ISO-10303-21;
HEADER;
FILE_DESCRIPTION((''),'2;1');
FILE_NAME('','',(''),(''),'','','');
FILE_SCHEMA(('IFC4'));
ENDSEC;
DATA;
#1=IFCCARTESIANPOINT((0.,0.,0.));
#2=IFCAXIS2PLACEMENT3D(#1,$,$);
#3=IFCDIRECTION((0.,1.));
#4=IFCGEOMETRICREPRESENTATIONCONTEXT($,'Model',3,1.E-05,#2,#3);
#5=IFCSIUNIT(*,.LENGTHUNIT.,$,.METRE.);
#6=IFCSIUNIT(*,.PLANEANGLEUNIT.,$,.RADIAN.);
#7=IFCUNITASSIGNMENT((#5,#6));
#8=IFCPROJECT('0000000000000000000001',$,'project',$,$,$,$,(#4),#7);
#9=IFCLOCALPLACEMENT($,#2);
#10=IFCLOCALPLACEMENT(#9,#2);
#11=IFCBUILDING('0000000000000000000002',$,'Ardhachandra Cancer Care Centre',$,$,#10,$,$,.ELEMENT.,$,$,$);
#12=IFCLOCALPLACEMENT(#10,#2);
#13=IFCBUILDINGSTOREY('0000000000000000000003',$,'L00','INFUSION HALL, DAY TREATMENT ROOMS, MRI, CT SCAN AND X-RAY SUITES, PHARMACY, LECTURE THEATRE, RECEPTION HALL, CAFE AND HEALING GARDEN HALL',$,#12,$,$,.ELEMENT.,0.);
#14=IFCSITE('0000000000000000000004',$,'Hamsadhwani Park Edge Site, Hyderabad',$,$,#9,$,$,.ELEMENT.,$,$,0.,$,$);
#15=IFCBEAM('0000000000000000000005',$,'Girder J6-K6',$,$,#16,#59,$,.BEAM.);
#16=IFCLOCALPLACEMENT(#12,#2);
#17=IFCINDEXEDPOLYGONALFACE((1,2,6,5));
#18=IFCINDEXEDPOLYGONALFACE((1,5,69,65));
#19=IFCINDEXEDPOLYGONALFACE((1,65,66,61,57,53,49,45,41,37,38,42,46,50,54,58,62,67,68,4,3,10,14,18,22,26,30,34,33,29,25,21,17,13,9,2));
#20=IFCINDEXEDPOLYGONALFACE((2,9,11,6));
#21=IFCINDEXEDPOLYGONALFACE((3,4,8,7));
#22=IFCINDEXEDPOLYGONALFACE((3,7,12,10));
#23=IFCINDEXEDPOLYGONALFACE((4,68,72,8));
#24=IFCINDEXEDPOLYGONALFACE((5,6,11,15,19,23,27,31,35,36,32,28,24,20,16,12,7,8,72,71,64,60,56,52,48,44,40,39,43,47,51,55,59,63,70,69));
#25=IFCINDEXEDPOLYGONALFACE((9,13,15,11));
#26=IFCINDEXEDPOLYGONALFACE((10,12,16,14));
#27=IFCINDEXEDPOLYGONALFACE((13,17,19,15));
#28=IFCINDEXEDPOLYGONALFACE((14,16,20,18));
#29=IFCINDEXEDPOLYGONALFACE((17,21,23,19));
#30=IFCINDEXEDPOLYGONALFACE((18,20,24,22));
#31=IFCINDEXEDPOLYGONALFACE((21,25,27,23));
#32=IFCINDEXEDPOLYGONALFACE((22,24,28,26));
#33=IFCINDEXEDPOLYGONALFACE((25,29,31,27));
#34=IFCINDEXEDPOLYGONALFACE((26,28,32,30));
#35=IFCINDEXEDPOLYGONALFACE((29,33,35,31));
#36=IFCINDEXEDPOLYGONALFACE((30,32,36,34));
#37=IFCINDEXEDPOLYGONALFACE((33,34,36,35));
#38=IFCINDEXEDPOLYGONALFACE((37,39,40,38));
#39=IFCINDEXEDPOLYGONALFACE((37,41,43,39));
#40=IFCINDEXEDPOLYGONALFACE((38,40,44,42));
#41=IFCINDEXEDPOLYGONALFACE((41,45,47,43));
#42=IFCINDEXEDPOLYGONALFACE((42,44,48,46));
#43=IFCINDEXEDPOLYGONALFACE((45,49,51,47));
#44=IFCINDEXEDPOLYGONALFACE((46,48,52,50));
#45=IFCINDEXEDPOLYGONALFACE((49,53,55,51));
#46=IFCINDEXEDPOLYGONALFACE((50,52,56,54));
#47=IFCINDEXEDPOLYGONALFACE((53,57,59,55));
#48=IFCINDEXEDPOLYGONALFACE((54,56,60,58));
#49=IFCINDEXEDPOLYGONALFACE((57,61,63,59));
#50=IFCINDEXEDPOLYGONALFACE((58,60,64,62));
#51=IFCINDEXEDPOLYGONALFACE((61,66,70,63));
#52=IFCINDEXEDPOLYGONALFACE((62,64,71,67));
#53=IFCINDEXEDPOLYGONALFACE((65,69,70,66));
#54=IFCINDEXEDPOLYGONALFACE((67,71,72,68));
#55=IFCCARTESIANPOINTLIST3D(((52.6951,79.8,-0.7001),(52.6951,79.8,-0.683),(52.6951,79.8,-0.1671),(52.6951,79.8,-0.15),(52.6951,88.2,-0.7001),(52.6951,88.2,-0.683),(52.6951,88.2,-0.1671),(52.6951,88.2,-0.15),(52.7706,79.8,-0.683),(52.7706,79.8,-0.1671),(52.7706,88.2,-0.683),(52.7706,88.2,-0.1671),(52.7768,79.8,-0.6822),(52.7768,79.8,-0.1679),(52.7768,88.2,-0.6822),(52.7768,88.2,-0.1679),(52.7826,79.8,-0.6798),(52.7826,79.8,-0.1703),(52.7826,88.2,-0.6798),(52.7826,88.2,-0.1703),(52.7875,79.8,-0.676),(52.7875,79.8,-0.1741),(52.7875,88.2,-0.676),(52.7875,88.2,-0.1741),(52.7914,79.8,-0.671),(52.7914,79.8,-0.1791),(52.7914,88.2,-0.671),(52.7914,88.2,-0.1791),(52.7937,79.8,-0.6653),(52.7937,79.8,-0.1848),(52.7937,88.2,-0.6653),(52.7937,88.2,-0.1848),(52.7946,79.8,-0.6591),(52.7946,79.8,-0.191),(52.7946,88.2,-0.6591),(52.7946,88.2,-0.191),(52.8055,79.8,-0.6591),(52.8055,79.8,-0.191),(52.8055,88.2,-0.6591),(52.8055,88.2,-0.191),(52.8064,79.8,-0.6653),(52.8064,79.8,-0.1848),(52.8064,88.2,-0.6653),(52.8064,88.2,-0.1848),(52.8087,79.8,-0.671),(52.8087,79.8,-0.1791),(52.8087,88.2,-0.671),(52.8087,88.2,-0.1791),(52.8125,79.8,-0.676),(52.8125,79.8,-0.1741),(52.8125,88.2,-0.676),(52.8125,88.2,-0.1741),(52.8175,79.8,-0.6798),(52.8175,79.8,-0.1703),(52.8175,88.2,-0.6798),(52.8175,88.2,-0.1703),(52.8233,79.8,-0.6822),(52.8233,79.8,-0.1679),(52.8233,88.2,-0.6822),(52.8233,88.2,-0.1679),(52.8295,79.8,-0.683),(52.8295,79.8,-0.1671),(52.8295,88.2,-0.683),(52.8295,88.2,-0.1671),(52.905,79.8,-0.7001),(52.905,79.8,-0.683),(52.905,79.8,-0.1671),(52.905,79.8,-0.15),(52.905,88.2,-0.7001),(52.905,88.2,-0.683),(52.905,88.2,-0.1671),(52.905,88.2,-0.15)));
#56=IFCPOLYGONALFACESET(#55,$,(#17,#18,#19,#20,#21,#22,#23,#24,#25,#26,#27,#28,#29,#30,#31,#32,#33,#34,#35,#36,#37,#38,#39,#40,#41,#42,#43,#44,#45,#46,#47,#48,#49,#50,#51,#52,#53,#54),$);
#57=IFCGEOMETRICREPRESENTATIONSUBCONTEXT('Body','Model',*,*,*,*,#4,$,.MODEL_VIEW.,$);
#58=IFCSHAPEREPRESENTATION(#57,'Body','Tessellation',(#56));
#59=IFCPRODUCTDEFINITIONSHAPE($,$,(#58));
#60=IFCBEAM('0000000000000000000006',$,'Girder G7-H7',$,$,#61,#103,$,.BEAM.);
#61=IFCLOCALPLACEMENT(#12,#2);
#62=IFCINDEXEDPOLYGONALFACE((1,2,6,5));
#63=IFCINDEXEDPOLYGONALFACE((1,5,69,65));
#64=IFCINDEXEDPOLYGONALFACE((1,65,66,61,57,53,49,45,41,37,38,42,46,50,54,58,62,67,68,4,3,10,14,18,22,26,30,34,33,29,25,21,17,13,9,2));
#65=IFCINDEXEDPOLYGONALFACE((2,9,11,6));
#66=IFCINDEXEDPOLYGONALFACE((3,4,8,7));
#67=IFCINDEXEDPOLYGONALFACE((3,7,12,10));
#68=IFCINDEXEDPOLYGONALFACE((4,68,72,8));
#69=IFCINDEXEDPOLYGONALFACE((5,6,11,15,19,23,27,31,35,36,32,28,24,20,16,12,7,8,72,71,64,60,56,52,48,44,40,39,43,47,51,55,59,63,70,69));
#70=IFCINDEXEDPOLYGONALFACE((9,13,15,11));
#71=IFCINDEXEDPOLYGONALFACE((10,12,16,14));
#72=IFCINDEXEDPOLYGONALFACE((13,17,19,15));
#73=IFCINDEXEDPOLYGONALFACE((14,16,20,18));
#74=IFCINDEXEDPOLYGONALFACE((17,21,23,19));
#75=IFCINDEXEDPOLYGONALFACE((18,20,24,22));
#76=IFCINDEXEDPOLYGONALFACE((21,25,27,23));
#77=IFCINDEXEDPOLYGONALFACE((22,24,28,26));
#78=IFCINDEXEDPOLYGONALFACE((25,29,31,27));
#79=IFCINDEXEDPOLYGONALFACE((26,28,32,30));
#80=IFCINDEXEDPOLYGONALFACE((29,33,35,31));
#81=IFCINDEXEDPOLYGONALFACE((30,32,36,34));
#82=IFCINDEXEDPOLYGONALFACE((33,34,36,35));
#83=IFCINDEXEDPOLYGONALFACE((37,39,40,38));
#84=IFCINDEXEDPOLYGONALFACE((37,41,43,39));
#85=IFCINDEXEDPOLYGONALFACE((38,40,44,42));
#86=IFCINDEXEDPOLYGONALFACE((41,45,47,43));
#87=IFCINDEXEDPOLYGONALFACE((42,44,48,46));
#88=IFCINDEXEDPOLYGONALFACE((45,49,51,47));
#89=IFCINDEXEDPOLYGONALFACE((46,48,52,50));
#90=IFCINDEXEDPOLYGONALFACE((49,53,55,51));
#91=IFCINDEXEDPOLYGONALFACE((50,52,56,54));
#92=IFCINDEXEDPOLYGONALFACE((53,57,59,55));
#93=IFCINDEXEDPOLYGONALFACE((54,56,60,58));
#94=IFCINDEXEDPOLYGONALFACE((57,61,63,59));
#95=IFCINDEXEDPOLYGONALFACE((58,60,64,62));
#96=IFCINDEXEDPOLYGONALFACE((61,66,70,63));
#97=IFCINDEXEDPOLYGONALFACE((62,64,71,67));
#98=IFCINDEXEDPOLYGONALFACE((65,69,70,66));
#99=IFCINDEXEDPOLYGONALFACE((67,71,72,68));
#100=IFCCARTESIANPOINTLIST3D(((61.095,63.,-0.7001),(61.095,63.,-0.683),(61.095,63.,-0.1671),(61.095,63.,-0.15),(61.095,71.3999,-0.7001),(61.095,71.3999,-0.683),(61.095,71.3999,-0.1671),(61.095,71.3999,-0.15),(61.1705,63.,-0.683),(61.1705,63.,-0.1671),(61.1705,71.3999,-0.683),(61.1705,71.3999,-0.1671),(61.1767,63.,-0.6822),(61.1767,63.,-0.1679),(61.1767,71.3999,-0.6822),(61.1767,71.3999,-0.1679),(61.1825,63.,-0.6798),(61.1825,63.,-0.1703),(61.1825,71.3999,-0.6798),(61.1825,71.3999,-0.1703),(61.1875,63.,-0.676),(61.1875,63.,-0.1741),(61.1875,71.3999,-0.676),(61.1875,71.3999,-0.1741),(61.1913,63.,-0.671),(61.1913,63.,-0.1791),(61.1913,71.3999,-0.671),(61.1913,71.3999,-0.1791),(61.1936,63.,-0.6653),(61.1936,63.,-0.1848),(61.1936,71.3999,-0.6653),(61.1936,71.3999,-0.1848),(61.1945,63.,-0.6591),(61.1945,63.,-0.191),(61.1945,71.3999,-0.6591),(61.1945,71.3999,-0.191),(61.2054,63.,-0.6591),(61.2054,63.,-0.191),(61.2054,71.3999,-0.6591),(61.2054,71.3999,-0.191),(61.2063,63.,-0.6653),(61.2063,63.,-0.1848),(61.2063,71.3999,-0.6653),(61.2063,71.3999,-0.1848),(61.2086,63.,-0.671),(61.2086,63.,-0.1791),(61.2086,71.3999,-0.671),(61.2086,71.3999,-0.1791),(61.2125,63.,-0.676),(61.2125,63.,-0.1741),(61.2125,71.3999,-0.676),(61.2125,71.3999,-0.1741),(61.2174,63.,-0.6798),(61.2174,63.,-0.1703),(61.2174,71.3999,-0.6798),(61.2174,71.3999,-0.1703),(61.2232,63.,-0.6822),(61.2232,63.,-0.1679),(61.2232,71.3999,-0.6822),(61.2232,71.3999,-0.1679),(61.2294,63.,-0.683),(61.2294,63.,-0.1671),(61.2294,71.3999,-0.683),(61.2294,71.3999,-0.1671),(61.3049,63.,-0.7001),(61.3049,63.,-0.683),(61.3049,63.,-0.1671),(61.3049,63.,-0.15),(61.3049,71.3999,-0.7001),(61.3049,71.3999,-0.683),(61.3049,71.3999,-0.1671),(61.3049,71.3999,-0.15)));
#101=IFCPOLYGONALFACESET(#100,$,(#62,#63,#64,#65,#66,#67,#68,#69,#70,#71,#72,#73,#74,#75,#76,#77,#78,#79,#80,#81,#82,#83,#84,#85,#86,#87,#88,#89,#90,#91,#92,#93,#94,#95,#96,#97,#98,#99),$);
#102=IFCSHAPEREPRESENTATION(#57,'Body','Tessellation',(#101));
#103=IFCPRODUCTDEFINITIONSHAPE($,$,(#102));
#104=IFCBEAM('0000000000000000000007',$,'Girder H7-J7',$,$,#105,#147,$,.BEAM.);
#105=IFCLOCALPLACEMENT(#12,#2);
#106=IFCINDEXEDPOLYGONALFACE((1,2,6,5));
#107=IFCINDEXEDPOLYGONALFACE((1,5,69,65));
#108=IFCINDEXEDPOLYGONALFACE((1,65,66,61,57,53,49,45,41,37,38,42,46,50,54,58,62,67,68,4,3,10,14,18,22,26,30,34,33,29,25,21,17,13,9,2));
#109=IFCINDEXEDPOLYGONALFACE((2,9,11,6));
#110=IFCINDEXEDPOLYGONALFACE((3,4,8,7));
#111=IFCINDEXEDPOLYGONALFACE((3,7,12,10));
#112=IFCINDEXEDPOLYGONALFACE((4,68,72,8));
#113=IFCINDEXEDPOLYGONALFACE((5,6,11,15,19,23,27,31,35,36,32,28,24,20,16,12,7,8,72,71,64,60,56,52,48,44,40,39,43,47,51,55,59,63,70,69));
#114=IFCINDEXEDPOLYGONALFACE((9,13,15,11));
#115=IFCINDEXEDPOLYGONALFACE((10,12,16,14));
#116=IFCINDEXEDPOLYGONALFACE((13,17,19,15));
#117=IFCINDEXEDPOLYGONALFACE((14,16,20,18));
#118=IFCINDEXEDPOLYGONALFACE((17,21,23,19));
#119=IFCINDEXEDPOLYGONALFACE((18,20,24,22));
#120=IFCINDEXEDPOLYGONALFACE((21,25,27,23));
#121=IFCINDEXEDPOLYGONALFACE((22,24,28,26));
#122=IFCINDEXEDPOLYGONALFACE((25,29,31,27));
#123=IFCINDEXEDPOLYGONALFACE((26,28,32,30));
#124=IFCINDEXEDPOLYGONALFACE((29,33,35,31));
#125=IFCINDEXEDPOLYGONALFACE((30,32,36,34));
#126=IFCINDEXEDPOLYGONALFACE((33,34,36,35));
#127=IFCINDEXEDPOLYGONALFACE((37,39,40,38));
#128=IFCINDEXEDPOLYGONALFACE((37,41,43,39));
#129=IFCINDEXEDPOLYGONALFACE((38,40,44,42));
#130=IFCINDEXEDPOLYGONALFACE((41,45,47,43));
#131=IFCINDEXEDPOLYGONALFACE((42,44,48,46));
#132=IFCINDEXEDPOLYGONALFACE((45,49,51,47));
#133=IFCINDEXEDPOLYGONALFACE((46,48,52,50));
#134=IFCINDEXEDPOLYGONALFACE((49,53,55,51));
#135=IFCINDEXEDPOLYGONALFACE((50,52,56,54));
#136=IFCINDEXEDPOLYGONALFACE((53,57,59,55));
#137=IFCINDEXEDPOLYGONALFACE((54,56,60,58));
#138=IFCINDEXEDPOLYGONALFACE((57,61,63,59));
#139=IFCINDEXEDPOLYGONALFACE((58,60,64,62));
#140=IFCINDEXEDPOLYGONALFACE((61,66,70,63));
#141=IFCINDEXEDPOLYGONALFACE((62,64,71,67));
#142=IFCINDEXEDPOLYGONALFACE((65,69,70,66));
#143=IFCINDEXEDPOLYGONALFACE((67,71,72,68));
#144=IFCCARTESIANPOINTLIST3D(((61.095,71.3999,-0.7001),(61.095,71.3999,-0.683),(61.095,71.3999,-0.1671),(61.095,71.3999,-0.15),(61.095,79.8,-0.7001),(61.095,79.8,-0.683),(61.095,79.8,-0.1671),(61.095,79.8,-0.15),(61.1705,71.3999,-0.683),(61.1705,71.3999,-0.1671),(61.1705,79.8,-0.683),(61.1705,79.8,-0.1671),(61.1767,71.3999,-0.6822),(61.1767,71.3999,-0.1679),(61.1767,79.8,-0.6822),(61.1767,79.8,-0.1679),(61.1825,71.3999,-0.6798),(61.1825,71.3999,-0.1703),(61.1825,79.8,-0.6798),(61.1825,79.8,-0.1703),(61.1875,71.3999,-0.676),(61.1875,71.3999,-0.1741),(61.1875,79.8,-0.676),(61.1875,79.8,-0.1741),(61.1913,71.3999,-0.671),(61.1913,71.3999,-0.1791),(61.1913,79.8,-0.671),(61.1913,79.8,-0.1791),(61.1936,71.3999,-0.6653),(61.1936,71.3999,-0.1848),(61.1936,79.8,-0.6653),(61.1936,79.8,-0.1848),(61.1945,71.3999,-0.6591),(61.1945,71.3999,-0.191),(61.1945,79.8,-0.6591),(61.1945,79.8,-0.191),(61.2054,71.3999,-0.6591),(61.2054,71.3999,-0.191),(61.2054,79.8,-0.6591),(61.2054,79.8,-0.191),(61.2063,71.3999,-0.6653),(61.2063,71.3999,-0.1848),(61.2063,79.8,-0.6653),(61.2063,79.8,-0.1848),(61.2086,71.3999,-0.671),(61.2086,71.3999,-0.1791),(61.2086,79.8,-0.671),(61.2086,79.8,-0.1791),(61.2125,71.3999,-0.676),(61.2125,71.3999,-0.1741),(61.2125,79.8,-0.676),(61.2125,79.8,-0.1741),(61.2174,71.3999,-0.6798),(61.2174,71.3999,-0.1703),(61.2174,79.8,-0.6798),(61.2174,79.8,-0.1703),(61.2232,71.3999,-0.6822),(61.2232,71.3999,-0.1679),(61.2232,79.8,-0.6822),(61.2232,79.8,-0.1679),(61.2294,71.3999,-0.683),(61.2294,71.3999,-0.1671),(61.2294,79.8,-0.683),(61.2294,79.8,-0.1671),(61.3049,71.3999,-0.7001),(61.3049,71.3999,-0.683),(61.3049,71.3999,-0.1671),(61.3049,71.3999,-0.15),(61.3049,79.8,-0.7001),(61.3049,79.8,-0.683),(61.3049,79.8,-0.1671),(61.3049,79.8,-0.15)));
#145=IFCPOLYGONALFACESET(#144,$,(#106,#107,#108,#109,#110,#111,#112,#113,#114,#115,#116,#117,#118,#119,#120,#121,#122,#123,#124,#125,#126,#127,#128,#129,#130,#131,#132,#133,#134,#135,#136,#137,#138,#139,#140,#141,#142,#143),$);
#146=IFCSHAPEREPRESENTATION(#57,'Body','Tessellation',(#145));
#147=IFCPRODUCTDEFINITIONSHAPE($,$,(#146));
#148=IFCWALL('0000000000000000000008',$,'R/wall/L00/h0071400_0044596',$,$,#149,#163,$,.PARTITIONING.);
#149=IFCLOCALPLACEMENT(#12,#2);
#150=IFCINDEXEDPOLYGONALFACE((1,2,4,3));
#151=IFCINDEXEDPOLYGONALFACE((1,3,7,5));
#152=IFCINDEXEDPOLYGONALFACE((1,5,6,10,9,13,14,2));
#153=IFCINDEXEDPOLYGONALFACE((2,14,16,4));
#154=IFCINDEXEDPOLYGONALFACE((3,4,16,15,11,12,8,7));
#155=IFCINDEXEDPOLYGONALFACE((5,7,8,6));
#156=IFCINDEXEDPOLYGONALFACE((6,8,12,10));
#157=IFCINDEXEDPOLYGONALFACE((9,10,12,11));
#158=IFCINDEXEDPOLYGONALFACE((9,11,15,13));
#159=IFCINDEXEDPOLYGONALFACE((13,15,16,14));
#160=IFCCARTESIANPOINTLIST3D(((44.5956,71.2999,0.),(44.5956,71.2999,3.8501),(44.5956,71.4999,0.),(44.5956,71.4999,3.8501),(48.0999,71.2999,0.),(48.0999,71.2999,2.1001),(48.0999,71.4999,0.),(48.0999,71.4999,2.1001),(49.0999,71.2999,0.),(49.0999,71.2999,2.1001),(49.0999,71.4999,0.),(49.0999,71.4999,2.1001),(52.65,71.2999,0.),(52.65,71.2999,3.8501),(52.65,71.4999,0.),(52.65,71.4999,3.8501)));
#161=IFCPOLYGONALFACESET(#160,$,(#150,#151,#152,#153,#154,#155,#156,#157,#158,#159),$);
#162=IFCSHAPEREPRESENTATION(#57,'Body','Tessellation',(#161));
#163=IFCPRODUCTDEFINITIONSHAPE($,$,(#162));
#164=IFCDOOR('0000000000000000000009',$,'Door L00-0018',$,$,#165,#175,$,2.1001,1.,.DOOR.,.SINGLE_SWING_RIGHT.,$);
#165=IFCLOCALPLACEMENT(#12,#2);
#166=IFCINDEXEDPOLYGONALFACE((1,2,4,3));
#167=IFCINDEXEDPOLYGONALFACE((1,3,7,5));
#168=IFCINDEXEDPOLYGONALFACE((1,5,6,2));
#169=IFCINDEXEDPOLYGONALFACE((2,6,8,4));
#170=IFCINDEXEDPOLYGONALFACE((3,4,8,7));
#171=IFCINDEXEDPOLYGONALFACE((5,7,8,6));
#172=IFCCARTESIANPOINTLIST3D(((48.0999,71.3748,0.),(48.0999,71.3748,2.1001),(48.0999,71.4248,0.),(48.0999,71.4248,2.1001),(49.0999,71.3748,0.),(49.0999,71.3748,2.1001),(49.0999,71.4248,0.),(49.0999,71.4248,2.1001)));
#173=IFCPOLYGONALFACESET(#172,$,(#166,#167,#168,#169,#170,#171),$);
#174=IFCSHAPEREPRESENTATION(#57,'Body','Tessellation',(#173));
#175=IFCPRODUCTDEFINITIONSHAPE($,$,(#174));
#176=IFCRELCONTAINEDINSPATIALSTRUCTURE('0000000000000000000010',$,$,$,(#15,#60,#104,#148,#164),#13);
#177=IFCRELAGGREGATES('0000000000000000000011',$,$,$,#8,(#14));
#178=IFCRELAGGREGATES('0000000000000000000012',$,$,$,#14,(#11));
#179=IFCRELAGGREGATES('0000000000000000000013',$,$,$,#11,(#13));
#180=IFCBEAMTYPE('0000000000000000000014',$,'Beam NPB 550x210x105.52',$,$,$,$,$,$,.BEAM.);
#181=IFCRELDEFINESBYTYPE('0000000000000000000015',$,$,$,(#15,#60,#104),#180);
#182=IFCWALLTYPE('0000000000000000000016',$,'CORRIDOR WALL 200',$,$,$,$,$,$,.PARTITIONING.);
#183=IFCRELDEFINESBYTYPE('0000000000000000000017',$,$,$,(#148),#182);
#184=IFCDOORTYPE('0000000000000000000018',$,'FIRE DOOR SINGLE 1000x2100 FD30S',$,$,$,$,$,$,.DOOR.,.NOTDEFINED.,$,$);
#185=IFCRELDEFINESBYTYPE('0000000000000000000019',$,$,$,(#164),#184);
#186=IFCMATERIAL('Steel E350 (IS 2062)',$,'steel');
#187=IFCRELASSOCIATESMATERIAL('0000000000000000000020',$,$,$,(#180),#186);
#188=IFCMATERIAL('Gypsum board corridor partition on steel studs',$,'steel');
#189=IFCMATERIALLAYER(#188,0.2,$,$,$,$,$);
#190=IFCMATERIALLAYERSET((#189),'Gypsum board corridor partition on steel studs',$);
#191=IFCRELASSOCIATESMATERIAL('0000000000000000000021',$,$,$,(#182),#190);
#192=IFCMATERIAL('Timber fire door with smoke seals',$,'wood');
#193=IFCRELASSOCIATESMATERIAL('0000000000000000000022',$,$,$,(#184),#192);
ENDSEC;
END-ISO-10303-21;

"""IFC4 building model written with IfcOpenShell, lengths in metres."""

from ifc_helpers import new_model, si_unit, direction, frame, frame_2d, origin, origin_2d, place, context, subcontext, project, spatial, rectangle, i_section, extrude, material, layer, layer_set, material_profile, profile_set, type_object, element, fill, save


model = new_model("IFC4")

# Units and contexts
model_context = context("Model", 3, precision=1e-05, world=origin(), true_north=direction((0.0, 1.0)))
body_context = subcontext(model_context, "Body", "Model", "MODEL_VIEW")
ifc_project = project(units=[si_unit("LENGTHUNIT", "METRE"), si_unit("PLANEANGLEUNIT", "RADIAN")], contexts=[model_context])

# Site, building, storey
site_placement = place(None, origin())
site = spatial("IfcSite", under=ifc_project, at=site_placement, Name="Hamsadhwani Park Edge Site, Hyderabad", CompositionType="ELEMENT", RefElevation=0.0)
building_placement = place(site_placement, origin())
building = spatial("IfcBuilding", under=site, at=building_placement, Name="Ardhachandra Cancer Care Centre", CompositionType="ELEMENT")
storey_placement = place(building_placement, origin())
storey = spatial("IfcBuildingStorey", under=building, at=storey_placement, Name="L00", Description="INFUSION HALL, DAY TREATMENT ROOMS, MRI, CT SCAN AND X-RAY SUITES, PHARMACY, LECTURE THEATRE, RECEPTION HALL, CAFE AND HEALING GARDEN HALL", CompositionType="ELEMENT", Elevation=0.0)

# Beams
ifc_material_1 = material(Name="Steel E350 (IS 2062)", Category="steel")
ifc_material_profile_1 = material_profile(ifc_material_1, i_section(OverallWidth=0.21, OverallDepth=0.55, WebThickness=0.011, FlangeThickness=0.0171, FilletRadius=0.0239, at=origin_2d()), Name="NPB 550x210x105.52")
ifc_profile_set_1 = profile_set([ifc_material_profile_1], Name="Steel E350 (IS 2062)")
beam_type_1 = type_object("IfcBeamType", Name="Beam NPB 550x210x105.52", PredefinedType="BEAM", material=ifc_profile_set_1)
for number, where, z_axis, x_axis, name in (
    (1, (52.8, 79.8, -0.425), (0.0, 1.0, 0.0), (-1.0, 0.0, 0.0), "Girder J6-K6"),
    (2, (61.2, 63.0, -0.425), (0.0, 1.0, 0.0), (-1.0, 0.0, 0.0), "Girder G7-H7"),
):
    element("IfcBeam", number, at=place(storey_placement, frame(where, z_axis=z_axis, x_axis=x_axis)), inside=storey, type_object=beam_type_1, Name=name, PredefinedType="BEAM", context=body_context, shape_type="SweptSolid", body=[
        extrude(i_section(OverallWidth=0.21, OverallDepth=0.55, WebThickness=0.011, FlangeThickness=0.0171, FilletRadius=0.0239, at=origin_2d()), origin(), (0.0, 0.0, 1.0), 8.3999),
    ])
beam_1_placement = place(storey_placement, frame((61.2, 71.3999, -0.425), z_axis=(0.0, 1.0, 0.0), x_axis=(-1.0, 0.0, 0.0)))
element("IfcBeam", 3, at=beam_1_placement, inside=storey, type_object=beam_type_1, Name="Girder H7-J7", PredefinedType="BEAM", context=body_context, shape_type="SweptSolid", body=[
    extrude(i_section(OverallWidth=0.21, OverallDepth=0.55, WebThickness=0.011, FlangeThickness=0.0171, FilletRadius=0.0239, at=origin_2d()), origin(), (0.0, 0.0, 1.0), 8.4001),
])

# Wall, opening, door
ifc_material_2 = material(Name="Gypsum board corridor partition on steel studs", Category="steel")
ifc_layer_1 = layer(ifc_material_2, 0.2)
ifc_layer_set_1 = layer_set([ifc_layer_1], Name="Gypsum board corridor partition on steel studs")
wall_type_1 = type_object("IfcWallType", Name="CORRIDOR WALL 200", PredefinedType="PARTITIONING", material=ifc_layer_set_1)
wall_1_placement = place(storey_placement, frame((44.5955, 71.3999, 0.0), z_axis=(0.0, 0.0, 1.0), x_axis=(1.0, 0.0, 0.0)))
wall_1 = element("IfcWall", 4, at=wall_1_placement, inside=storey, type_object=wall_type_1, Name="R/wall/L00/h0071400_0044596", PredefinedType="PARTITIONING", context=body_context, shape_type="SweptSolid", body=[
    extrude(rectangle(XDim=8.0544, YDim=0.2, at=frame_2d((4.0273, 0.0))), origin(), (0.0, 0.0, 1.0), 3.8501),
])
opening_1_placement = place(wall_1_placement, frame((3.5044, 0.0, 0.0)))
opening_1 = element("IfcOpeningElement", 5, at=opening_1_placement, cuts=wall_1, PredefinedType="OPENING", context=body_context, shape_type="SweptSolid", body=[
    extrude(rectangle(XDim=1.0, YDim=2.1001, at=frame_2d((0.5, 1.05))), frame((0.0, 0.1099, 0.0), z_axis=(0.0, -1.0, 0.0), x_axis=(1.0, 0.0, 0.0)), (0.0, 0.0, 1.0), 0.22),
])
ifc_material_3 = material(Name="Timber fire door with smoke seals", Category="wood")
door_type = type_object("IfcDoorType", Name="FIRE DOOR SINGLE 1000x2100 FD30S", OperationType="NOTDEFINED", PredefinedType="DOOR", material=ifc_material_3)
door_1_placement = place(opening_1_placement, origin())
door_1 = element("IfcDoor", 6, at=door_1_placement, inside=storey, type_object=door_type, Name="Door L00-0018", OperationType="SINGLE_SWING_RIGHT", OverallHeight=2.1001, OverallWidth=1.0, PredefinedType="DOOR", context=body_context, shape_type="SweptSolid", body=[
    extrude(rectangle(XDim=1.0, YDim=2.1001, at=frame_2d((0.5, 1.05))), frame((0.0, 0.0249, 0.0), z_axis=(0.0, -1.0, 0.0), x_axis=(1.0, 0.0, 0.0)), (0.0, 0.0, 1.0), 0.05),
])
fill(opening_1, door_1)

save(model, "model.ifc")
